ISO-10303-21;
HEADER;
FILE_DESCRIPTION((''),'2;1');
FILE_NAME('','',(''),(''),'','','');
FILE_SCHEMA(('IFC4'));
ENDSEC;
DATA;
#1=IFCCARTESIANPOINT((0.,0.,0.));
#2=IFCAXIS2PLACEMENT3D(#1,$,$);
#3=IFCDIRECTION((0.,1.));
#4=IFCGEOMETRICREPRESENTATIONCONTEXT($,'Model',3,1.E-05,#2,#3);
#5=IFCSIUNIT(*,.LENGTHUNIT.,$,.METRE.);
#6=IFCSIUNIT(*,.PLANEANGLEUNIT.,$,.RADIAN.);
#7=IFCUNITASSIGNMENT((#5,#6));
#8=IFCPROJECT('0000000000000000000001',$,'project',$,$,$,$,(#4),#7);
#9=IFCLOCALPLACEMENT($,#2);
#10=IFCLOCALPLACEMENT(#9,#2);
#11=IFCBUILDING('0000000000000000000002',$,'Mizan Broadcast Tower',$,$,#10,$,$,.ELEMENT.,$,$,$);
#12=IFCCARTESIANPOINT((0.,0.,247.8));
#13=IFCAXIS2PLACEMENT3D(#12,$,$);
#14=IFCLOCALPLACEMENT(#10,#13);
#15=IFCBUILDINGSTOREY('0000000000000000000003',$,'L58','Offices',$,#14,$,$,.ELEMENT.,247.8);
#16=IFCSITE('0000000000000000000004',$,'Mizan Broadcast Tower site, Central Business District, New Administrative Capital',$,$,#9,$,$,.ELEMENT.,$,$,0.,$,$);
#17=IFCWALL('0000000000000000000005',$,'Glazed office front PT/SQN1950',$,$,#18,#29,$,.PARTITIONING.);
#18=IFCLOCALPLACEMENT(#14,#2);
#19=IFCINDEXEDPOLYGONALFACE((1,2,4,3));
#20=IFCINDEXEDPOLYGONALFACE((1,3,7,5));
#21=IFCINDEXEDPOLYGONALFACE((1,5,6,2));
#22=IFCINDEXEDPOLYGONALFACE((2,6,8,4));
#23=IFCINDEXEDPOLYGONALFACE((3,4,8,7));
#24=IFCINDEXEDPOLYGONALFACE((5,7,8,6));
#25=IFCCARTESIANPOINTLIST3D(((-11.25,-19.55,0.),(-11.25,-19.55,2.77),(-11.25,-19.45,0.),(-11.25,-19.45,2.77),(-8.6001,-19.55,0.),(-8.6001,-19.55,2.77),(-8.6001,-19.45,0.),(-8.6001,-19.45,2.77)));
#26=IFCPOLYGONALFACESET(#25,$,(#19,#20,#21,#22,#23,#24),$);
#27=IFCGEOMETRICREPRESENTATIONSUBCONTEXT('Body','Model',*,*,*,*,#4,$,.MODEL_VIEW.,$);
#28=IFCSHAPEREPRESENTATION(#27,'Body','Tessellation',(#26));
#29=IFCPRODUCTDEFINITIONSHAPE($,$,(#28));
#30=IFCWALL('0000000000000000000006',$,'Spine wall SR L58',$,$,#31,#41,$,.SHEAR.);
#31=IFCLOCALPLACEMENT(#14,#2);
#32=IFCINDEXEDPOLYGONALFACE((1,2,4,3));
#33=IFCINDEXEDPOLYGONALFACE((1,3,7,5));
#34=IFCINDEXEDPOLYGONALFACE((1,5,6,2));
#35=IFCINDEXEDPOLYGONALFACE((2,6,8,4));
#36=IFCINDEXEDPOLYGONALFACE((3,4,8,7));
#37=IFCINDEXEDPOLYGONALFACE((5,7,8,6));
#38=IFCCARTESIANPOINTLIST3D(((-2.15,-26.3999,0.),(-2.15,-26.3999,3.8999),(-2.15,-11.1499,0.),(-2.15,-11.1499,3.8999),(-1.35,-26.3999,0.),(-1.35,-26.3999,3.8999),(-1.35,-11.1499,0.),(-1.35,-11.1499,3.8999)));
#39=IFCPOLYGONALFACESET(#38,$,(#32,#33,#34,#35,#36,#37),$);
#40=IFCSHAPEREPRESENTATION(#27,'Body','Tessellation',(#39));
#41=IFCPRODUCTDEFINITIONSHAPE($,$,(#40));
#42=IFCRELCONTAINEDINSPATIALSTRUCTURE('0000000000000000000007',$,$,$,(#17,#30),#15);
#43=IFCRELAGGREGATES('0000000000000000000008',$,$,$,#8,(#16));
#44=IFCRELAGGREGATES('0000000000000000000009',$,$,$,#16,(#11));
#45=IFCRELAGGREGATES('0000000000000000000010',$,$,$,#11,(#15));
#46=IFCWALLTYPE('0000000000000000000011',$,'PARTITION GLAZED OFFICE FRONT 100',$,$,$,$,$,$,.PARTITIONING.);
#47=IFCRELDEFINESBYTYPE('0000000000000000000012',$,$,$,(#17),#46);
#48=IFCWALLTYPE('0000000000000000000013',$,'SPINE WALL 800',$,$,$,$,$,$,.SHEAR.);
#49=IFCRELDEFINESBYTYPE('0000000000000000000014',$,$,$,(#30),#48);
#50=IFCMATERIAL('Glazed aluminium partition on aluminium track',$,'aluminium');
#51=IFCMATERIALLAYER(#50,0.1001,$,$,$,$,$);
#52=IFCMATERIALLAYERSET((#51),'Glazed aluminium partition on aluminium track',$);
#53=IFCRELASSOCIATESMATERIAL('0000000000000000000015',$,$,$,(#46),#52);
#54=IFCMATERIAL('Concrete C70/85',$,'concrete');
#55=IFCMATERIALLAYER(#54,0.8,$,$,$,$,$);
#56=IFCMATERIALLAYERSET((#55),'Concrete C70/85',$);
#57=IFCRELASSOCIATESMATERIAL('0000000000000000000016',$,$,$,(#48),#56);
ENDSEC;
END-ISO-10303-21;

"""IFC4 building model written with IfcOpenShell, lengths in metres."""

from ifc_helpers import new_model, si_unit, direction, frame, frame_2d, origin, place, context, subcontext, project, spatial, rectangle, extrude, material, layer, layer_set, type_object, element, save


model = new_model("IFC4")

# Units and contexts
model_context = context("Model", 3, precision=1e-05, world=origin(), true_north=direction((0.0, 1.0)))
body_context = subcontext(model_context, "Body", "Model", "MODEL_VIEW")
ifc_project = project(units=[si_unit("LENGTHUNIT", "METRE"), si_unit("PLANEANGLEUNIT", "RADIAN")], contexts=[model_context])

# Site, building, storey
site_placement = place(None, origin())
site = spatial("IfcSite", under=ifc_project, at=site_placement, Name="Mizan Broadcast Tower site, Central Business District, New Administrative Capital", CompositionType="ELEMENT", RefElevation=0.0)
building_placement = place(site_placement, origin())
building = spatial("IfcBuilding", under=site, at=building_placement, Name="Mizan Broadcast Tower", CompositionType="ELEMENT")
storey_placement = place(building_placement, frame((0.0, 0.0, 247.8)))
storey = spatial("IfcBuildingStorey", under=building, at=storey_placement, Name="L58", Description="Offices", CompositionType="ELEMENT", Elevation=247.8)

# Walls
ifc_material_1 = material(Name="Glazed aluminium partition on aluminium track", Category="aluminium")
ifc_layer_1 = layer(ifc_material_1, 0.1001)
ifc_layer_set_1 = layer_set([ifc_layer_1], Name="Glazed aluminium partition on aluminium track")
wall_type_1 = type_object("IfcWallType", Name="PARTITION GLAZED OFFICE FRONT 100", PredefinedType="PARTITIONING", material=ifc_layer_set_1)
wall_1_placement = place(storey_placement, frame((-8.6001, -19.5, 0.0), z_axis=(0.0, 0.0, 1.0), x_axis=(-1.0, 0.0, 0.0)))
element("IfcWall", 1, at=wall_1_placement, inside=storey, type_object=wall_type_1, Name="Glazed office front PT/SQN1950", PredefinedType="PARTITIONING", context=body_context, shape_type="SweptSolid", body=[
    extrude(rectangle(XDim=2.6499, YDim=0.1001, at=frame_2d((1.325, 0.0))), origin(), (0.0, 0.0, 1.0), 2.77),
])
ifc_material_2 = material(Name="Concrete C70/85", Category="concrete")
ifc_layer_2 = layer(ifc_material_2, 0.8)
ifc_layer_set_2 = layer_set([ifc_layer_2], Name="Concrete C70/85")
wall_type_2 = type_object("IfcWallType", Name="SPINE WALL 800", PredefinedType="SHEAR", material=ifc_layer_set_2)
wall_2_placement = place(storey_placement, frame((-1.75, -11.1499, 0.0), z_axis=(0.0, 0.0, 1.0), x_axis=(0.0, -1.0, 0.0)))
element("IfcWall", 2, at=wall_2_placement, inside=storey, type_object=wall_type_2, Name="Spine wall SR L58", PredefinedType="SHEAR", context=body_context, shape_type="SweptSolid", body=[
    extrude(rectangle(XDim=15.25, YDim=0.8, at=frame_2d((7.625, 0.0))), origin(), (0.0, 0.0, 1.0), 3.8999),
])

save(model, "model.ifc")
